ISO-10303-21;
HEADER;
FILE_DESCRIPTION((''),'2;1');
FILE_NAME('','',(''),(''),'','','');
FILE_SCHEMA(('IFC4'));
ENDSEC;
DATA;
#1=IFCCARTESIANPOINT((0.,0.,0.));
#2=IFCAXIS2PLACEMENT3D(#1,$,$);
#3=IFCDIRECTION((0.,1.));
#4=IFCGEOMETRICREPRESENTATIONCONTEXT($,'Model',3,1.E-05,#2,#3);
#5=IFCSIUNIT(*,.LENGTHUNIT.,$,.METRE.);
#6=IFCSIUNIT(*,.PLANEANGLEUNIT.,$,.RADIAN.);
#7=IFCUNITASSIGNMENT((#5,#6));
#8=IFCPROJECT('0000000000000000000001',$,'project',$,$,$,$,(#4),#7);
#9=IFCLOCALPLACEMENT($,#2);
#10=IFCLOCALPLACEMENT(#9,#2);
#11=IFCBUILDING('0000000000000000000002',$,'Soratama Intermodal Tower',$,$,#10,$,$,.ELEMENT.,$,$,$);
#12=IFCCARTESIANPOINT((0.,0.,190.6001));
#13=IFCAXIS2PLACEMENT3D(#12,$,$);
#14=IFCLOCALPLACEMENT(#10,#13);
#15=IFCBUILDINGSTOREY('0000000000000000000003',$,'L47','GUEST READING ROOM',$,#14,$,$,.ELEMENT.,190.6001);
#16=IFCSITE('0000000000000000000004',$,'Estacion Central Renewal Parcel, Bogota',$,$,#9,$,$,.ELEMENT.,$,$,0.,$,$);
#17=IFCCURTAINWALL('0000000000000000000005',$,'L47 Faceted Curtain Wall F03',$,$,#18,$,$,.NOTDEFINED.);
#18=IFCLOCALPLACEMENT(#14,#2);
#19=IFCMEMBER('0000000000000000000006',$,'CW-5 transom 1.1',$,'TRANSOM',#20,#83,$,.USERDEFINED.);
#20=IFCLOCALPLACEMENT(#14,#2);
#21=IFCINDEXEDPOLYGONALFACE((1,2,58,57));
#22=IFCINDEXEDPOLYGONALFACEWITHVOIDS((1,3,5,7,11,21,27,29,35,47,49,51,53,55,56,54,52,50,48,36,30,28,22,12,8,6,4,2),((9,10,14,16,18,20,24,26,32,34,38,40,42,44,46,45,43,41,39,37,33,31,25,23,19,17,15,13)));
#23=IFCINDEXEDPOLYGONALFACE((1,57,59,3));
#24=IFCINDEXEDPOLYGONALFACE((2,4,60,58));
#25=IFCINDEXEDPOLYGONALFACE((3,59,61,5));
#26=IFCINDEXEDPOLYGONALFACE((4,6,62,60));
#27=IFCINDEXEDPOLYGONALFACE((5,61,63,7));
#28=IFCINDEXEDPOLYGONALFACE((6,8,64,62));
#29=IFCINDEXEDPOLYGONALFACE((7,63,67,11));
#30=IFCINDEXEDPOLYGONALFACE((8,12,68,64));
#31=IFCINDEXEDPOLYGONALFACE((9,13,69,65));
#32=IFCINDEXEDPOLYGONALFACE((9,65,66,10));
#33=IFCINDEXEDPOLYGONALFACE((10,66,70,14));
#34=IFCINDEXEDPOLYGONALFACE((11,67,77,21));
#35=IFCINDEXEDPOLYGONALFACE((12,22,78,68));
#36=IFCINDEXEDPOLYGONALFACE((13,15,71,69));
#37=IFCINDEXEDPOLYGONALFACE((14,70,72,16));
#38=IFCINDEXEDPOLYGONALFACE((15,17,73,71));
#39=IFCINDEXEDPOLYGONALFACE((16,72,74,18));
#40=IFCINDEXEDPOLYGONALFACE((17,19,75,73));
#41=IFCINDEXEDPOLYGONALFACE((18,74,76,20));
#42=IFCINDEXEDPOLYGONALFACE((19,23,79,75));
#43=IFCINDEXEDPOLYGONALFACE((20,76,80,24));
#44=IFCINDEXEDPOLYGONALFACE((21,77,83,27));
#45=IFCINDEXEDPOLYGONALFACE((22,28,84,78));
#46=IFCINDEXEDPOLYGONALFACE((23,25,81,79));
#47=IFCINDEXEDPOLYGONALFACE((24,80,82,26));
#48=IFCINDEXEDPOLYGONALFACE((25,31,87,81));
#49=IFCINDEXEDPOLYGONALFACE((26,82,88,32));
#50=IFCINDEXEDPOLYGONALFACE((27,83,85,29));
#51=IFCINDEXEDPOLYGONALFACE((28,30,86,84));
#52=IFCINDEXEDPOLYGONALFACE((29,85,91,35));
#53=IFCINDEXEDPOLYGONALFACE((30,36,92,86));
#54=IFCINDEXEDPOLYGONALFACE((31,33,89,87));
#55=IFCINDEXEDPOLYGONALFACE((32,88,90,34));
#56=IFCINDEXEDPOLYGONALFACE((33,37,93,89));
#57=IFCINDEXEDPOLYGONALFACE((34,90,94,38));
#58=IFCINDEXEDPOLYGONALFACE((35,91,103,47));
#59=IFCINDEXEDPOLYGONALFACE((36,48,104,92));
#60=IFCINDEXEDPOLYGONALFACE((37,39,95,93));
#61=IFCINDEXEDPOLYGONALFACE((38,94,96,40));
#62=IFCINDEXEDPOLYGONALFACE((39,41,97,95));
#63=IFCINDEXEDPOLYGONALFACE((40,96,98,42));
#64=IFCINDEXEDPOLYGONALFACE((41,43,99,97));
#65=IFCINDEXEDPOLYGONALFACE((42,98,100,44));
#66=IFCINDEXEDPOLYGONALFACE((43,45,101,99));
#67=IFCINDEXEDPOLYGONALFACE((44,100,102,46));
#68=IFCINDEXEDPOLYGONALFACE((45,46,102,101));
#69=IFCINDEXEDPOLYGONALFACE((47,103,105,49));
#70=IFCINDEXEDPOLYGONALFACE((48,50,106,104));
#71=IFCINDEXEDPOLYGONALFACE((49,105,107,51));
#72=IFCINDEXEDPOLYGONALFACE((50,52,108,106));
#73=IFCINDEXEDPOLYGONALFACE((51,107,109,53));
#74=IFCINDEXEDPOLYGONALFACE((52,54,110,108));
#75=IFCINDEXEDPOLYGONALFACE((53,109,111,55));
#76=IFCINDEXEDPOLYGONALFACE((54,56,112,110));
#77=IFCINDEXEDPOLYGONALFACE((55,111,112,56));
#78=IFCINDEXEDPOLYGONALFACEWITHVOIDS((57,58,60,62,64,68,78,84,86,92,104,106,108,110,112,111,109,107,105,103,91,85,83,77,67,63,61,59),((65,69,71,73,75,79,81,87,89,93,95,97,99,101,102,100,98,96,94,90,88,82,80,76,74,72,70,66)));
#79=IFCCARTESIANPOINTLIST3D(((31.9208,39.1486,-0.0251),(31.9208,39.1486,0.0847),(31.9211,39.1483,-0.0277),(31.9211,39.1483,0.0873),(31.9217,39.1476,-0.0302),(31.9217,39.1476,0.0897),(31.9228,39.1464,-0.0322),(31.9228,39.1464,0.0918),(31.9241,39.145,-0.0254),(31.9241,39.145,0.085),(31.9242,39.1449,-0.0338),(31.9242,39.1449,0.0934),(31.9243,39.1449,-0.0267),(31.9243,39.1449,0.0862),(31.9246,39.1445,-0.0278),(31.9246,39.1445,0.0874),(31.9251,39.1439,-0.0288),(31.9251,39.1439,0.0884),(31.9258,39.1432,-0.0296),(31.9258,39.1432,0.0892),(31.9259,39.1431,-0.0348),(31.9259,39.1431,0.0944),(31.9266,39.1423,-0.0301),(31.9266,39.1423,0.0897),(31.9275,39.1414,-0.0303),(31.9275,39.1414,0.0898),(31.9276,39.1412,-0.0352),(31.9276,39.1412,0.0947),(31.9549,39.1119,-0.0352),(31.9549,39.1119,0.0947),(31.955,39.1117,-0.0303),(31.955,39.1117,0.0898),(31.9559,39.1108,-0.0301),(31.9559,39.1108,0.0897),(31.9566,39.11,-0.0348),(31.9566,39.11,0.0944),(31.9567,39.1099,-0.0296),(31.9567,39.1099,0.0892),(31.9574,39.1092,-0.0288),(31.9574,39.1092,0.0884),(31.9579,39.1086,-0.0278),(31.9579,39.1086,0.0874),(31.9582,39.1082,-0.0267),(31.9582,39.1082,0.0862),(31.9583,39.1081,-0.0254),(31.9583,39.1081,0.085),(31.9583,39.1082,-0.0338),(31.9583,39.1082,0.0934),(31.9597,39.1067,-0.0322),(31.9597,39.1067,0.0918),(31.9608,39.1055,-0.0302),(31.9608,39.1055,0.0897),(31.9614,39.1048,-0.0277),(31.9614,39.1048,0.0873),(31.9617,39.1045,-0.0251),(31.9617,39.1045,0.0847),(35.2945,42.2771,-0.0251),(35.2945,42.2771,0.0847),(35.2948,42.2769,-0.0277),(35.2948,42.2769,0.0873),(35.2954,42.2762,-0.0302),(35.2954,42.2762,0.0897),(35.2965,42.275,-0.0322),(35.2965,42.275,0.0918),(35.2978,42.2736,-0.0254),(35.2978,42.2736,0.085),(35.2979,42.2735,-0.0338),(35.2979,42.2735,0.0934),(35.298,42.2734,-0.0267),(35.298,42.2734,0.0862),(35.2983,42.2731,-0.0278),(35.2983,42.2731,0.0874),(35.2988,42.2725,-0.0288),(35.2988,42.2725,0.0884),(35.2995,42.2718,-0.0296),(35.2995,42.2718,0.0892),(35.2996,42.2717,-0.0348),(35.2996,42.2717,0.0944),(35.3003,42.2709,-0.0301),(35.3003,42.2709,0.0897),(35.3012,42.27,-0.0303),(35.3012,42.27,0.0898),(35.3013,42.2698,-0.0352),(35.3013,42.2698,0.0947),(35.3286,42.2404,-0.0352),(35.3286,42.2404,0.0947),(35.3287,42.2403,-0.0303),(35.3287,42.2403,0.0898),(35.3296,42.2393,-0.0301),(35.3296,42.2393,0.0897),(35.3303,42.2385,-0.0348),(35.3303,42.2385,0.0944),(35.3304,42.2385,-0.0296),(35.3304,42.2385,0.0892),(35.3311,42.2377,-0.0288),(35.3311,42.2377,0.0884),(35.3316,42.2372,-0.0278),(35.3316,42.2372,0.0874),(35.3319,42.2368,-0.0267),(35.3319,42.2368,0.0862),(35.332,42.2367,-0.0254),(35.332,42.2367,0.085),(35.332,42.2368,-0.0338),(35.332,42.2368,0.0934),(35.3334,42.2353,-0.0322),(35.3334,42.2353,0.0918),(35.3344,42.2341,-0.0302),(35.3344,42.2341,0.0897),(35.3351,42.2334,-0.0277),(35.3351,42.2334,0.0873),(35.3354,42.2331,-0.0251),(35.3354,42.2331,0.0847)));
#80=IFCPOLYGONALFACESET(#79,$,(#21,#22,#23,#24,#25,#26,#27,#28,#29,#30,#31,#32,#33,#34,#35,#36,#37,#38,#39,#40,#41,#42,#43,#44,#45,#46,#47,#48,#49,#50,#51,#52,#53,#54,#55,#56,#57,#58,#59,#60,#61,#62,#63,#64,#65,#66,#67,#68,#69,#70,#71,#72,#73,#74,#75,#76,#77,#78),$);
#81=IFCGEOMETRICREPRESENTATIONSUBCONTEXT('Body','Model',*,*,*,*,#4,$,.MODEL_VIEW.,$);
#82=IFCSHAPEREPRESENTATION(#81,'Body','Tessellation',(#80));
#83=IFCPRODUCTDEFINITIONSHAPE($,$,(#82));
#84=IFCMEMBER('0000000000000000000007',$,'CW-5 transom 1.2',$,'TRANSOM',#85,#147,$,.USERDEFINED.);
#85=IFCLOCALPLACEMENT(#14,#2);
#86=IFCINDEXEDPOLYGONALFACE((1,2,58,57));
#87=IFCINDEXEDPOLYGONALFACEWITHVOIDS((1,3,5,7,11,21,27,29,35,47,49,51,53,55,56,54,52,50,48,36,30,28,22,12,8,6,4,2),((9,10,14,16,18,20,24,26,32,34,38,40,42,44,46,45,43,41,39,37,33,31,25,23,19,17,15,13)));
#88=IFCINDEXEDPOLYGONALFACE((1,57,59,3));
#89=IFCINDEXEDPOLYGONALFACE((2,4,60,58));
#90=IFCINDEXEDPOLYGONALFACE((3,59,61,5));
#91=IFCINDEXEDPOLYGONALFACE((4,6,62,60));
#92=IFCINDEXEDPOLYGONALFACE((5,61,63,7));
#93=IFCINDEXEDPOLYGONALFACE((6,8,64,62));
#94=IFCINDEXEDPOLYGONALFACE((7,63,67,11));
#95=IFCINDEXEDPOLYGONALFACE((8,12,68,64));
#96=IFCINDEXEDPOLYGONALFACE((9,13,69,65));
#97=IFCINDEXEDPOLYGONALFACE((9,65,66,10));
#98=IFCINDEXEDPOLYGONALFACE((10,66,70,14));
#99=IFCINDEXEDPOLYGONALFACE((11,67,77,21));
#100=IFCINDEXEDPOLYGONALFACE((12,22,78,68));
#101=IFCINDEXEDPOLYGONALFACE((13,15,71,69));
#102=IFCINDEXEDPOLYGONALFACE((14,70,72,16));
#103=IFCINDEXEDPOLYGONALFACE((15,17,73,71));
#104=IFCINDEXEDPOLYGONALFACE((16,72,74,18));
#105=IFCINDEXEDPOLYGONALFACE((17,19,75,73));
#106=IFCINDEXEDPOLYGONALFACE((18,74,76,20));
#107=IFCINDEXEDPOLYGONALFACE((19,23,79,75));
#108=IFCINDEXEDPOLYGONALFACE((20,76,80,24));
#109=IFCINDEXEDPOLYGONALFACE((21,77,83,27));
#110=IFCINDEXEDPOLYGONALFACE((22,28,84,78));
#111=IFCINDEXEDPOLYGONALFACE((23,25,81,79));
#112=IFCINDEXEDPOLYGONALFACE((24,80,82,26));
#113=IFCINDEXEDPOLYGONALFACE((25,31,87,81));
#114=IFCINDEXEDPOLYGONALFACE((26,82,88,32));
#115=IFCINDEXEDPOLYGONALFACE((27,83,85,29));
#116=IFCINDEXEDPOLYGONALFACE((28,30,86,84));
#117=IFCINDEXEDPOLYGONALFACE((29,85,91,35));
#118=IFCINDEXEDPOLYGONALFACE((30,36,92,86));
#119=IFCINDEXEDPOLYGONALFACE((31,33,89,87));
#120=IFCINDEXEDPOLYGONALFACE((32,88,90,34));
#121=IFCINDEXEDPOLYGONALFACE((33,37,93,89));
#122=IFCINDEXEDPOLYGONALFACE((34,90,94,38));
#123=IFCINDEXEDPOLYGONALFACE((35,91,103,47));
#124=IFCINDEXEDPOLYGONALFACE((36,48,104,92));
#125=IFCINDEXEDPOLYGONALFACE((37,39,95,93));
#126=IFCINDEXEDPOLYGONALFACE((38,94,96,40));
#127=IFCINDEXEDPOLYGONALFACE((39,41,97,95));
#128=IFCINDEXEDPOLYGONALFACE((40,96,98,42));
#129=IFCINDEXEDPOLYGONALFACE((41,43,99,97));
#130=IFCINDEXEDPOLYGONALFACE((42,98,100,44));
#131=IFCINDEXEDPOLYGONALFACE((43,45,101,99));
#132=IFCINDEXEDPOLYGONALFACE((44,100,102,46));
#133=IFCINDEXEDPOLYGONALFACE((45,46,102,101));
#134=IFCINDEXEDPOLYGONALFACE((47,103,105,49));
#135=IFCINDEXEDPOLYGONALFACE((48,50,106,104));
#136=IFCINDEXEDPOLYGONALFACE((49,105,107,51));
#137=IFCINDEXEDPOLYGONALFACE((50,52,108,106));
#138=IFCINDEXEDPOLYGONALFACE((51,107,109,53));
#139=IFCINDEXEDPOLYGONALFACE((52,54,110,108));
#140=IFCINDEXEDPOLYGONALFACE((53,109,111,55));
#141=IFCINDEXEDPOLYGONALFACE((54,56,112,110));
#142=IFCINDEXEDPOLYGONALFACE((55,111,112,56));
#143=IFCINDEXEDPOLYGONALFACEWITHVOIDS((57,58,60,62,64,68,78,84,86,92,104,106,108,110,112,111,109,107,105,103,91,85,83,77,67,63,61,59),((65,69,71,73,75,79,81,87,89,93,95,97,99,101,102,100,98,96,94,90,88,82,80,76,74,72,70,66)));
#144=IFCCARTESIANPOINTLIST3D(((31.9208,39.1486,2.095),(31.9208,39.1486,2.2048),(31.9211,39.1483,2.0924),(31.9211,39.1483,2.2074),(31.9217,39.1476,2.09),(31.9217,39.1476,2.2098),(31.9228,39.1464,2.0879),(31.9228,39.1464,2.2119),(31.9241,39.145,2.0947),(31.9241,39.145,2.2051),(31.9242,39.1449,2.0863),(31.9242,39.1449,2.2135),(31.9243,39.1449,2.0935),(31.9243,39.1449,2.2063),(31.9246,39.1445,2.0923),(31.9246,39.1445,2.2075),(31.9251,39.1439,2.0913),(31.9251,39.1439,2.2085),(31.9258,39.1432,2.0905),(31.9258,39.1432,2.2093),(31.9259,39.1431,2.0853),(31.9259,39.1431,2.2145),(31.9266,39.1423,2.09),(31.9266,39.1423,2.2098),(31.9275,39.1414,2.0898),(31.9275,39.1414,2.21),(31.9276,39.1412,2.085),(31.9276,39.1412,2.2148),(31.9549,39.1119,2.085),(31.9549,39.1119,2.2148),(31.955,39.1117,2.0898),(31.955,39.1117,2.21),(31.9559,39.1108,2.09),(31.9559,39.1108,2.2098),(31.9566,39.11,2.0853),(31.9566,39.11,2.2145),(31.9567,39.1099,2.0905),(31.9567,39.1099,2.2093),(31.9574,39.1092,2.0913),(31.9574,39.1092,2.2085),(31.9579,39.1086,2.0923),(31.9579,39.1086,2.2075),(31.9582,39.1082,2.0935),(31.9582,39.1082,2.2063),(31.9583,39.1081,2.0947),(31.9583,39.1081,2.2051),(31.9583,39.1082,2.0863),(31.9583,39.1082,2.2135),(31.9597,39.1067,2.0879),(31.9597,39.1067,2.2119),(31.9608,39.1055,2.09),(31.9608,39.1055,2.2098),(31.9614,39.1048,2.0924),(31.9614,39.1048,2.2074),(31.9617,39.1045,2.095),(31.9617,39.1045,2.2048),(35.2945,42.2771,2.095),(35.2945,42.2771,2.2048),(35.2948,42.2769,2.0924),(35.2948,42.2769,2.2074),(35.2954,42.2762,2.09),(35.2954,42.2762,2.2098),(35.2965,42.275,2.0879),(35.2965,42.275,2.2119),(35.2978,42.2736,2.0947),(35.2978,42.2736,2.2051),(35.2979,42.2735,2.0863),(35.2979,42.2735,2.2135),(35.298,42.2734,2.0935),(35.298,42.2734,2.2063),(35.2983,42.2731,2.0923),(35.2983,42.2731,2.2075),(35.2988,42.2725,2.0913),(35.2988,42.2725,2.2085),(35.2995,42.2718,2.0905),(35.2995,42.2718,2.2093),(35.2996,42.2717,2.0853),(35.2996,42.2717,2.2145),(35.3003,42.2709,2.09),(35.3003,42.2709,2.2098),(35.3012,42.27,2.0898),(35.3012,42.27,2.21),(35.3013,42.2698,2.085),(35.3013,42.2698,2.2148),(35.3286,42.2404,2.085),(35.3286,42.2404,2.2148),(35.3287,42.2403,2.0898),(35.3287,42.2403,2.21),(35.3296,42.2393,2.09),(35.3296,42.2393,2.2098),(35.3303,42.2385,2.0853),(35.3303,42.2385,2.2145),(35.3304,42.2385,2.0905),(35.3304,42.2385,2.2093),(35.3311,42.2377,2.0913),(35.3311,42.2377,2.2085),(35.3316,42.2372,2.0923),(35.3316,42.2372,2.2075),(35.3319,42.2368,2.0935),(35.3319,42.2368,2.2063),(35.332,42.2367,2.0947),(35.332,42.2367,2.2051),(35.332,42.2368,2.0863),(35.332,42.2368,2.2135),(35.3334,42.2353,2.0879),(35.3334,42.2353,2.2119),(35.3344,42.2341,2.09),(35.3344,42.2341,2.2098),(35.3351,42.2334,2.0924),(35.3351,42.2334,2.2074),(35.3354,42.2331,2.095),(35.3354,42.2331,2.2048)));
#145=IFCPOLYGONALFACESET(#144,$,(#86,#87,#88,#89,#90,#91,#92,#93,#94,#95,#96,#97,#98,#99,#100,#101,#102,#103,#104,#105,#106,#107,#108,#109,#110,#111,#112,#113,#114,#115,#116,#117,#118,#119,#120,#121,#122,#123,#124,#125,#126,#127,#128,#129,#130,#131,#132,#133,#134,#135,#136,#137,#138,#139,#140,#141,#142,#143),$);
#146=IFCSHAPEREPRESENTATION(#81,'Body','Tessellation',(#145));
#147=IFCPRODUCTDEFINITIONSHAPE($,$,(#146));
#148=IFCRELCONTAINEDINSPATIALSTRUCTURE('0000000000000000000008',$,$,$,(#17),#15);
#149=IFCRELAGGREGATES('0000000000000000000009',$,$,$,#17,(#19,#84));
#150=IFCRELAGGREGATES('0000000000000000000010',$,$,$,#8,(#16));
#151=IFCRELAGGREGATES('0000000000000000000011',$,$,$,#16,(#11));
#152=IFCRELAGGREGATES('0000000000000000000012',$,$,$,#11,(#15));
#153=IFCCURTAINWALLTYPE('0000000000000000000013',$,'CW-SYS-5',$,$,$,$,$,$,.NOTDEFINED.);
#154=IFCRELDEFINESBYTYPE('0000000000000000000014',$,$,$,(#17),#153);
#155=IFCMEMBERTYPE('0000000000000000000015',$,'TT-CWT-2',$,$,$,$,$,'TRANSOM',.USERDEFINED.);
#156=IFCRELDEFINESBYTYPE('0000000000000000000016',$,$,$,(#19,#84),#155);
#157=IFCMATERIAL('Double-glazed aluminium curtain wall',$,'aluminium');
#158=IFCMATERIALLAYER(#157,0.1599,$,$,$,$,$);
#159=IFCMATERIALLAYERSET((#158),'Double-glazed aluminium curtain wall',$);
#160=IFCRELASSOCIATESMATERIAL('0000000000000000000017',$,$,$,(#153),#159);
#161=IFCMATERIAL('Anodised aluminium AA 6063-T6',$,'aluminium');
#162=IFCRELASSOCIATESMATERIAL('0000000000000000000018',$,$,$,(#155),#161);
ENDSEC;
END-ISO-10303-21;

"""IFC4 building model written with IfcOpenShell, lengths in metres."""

from ifc_helpers import new_model, si_unit, direction, frame, origin, origin_2d, place, context, subcontext, project, spatial, hollow_rectangle, extrude, material, layer, layer_set, material_profile, profile_set, type_object, element, aggregate, save


model = new_model("IFC4")

# Units and contexts
model_context = context("Model", 3, precision=1e-05, world=origin(), true_north=direction((0.0, 1.0)))
body_context = subcontext(model_context, "Body", "Model", "MODEL_VIEW")
ifc_project = project(units=[si_unit("LENGTHUNIT", "METRE"), si_unit("PLANEANGLEUNIT", "RADIAN")], contexts=[model_context])

# Site, building, storey
site_placement = place(None, origin())
site = spatial("IfcSite", under=ifc_project, at=site_placement, Name="Estacion Central Renewal Parcel, Bogota", CompositionType="ELEMENT", RefElevation=0.0)
building_placement = place(site_placement, origin())
building = spatial("IfcBuilding", under=site, at=building_placement, Name="Soratama Intermodal Tower", CompositionType="ELEMENT")
storey_placement = place(building_placement, frame((0.0, 0.0, 190.6001)))
storey = spatial("IfcBuildingStorey", under=building, at=storey_placement, Name="L47", Description="GUEST READING ROOM", CompositionType="ELEMENT", Elevation=190.6001)

# Curtain wall, members
ifc_material_1 = material(Name="Double-glazed aluminium curtain wall", Category="aluminium")
ifc_layer_1 = layer(ifc_material_1, 0.1599)
ifc_layer_set_1 = layer_set([ifc_layer_1], Name="Double-glazed aluminium curtain wall")
curtain_wall_type = type_object("IfcCurtainWallType", Name="CW-SYS-5", PredefinedType="NOTDEFINED", material=ifc_layer_set_1)
curtain_wall_placement = place(storey_placement, origin())
curtain_wall = element("IfcCurtainWall", 1, at=curtain_wall_placement, inside=storey, type_object=curtain_wall_type, Name="L47 Faceted Curtain Wall F03", PredefinedType="NOTDEFINED")
ifc_material_2 = material(Name="Anodised aluminium AA 6063-T6", Category="aluminium")
ifc_material_profile_1 = material_profile(ifc_material_2, hollow_rectangle(XDim=0.0601, YDim=0.1299, WallThickness=0.0049, InnerFilletRadius=0.0049, OuterFilletRadius=0.01, at=origin_2d()), Name="CWT130X60X5")
ifc_profile_set_1 = profile_set([ifc_material_profile_1], Name="Anodised aluminium AA 6063-T6")
member_type_1 = type_object("IfcMemberType", Name="TT-CWT-2", ElementType="TRANSOM", PredefinedType="USERDEFINED", material=ifc_profile_set_1)
member_1_placement = place(storey_placement, frame((35.3149, 42.2551, 0.0298), z_axis=(-0.733241, -0.679969, 0.0), x_axis=(0.679969, -0.733241, 0.0)))
member_1 = element("IfcMember", 2, at=member_1_placement, type_object=member_type_1, Name="CW-5 transom 1.1", ObjectType="TRANSOM", PredefinedType="USERDEFINED", context=body_context, shape_type="SweptSolid", body=[
    extrude(hollow_rectangle(XDim=0.0601, YDim=0.1299, WallThickness=0.0049, InnerFilletRadius=0.0049, OuterFilletRadius=0.01, at=origin_2d()), origin(), (0.0, 0.0, 1.0), 4.6011),
])
member_2_placement = place(storey_placement, frame((35.3149, 42.2551, 2.1499), z_axis=(-0.733241, -0.679969, 0.0), x_axis=(0.679969, -0.733241, 0.0)))
member_2 = element("IfcMember", 3, at=member_2_placement, type_object=member_type_1, Name="CW-5 transom 1.2", ObjectType="TRANSOM", PredefinedType="USERDEFINED", context=body_context, shape_type="SweptSolid", body=[
    extrude(hollow_rectangle(XDim=0.0601, YDim=0.1299, WallThickness=0.0049, InnerFilletRadius=0.0049, OuterFilletRadius=0.01, at=origin_2d()), origin(), (0.0, 0.0, 1.0), 4.6011),
])
aggregate(curtain_wall, [member_1, member_2])

save(model, "model.ifc")
